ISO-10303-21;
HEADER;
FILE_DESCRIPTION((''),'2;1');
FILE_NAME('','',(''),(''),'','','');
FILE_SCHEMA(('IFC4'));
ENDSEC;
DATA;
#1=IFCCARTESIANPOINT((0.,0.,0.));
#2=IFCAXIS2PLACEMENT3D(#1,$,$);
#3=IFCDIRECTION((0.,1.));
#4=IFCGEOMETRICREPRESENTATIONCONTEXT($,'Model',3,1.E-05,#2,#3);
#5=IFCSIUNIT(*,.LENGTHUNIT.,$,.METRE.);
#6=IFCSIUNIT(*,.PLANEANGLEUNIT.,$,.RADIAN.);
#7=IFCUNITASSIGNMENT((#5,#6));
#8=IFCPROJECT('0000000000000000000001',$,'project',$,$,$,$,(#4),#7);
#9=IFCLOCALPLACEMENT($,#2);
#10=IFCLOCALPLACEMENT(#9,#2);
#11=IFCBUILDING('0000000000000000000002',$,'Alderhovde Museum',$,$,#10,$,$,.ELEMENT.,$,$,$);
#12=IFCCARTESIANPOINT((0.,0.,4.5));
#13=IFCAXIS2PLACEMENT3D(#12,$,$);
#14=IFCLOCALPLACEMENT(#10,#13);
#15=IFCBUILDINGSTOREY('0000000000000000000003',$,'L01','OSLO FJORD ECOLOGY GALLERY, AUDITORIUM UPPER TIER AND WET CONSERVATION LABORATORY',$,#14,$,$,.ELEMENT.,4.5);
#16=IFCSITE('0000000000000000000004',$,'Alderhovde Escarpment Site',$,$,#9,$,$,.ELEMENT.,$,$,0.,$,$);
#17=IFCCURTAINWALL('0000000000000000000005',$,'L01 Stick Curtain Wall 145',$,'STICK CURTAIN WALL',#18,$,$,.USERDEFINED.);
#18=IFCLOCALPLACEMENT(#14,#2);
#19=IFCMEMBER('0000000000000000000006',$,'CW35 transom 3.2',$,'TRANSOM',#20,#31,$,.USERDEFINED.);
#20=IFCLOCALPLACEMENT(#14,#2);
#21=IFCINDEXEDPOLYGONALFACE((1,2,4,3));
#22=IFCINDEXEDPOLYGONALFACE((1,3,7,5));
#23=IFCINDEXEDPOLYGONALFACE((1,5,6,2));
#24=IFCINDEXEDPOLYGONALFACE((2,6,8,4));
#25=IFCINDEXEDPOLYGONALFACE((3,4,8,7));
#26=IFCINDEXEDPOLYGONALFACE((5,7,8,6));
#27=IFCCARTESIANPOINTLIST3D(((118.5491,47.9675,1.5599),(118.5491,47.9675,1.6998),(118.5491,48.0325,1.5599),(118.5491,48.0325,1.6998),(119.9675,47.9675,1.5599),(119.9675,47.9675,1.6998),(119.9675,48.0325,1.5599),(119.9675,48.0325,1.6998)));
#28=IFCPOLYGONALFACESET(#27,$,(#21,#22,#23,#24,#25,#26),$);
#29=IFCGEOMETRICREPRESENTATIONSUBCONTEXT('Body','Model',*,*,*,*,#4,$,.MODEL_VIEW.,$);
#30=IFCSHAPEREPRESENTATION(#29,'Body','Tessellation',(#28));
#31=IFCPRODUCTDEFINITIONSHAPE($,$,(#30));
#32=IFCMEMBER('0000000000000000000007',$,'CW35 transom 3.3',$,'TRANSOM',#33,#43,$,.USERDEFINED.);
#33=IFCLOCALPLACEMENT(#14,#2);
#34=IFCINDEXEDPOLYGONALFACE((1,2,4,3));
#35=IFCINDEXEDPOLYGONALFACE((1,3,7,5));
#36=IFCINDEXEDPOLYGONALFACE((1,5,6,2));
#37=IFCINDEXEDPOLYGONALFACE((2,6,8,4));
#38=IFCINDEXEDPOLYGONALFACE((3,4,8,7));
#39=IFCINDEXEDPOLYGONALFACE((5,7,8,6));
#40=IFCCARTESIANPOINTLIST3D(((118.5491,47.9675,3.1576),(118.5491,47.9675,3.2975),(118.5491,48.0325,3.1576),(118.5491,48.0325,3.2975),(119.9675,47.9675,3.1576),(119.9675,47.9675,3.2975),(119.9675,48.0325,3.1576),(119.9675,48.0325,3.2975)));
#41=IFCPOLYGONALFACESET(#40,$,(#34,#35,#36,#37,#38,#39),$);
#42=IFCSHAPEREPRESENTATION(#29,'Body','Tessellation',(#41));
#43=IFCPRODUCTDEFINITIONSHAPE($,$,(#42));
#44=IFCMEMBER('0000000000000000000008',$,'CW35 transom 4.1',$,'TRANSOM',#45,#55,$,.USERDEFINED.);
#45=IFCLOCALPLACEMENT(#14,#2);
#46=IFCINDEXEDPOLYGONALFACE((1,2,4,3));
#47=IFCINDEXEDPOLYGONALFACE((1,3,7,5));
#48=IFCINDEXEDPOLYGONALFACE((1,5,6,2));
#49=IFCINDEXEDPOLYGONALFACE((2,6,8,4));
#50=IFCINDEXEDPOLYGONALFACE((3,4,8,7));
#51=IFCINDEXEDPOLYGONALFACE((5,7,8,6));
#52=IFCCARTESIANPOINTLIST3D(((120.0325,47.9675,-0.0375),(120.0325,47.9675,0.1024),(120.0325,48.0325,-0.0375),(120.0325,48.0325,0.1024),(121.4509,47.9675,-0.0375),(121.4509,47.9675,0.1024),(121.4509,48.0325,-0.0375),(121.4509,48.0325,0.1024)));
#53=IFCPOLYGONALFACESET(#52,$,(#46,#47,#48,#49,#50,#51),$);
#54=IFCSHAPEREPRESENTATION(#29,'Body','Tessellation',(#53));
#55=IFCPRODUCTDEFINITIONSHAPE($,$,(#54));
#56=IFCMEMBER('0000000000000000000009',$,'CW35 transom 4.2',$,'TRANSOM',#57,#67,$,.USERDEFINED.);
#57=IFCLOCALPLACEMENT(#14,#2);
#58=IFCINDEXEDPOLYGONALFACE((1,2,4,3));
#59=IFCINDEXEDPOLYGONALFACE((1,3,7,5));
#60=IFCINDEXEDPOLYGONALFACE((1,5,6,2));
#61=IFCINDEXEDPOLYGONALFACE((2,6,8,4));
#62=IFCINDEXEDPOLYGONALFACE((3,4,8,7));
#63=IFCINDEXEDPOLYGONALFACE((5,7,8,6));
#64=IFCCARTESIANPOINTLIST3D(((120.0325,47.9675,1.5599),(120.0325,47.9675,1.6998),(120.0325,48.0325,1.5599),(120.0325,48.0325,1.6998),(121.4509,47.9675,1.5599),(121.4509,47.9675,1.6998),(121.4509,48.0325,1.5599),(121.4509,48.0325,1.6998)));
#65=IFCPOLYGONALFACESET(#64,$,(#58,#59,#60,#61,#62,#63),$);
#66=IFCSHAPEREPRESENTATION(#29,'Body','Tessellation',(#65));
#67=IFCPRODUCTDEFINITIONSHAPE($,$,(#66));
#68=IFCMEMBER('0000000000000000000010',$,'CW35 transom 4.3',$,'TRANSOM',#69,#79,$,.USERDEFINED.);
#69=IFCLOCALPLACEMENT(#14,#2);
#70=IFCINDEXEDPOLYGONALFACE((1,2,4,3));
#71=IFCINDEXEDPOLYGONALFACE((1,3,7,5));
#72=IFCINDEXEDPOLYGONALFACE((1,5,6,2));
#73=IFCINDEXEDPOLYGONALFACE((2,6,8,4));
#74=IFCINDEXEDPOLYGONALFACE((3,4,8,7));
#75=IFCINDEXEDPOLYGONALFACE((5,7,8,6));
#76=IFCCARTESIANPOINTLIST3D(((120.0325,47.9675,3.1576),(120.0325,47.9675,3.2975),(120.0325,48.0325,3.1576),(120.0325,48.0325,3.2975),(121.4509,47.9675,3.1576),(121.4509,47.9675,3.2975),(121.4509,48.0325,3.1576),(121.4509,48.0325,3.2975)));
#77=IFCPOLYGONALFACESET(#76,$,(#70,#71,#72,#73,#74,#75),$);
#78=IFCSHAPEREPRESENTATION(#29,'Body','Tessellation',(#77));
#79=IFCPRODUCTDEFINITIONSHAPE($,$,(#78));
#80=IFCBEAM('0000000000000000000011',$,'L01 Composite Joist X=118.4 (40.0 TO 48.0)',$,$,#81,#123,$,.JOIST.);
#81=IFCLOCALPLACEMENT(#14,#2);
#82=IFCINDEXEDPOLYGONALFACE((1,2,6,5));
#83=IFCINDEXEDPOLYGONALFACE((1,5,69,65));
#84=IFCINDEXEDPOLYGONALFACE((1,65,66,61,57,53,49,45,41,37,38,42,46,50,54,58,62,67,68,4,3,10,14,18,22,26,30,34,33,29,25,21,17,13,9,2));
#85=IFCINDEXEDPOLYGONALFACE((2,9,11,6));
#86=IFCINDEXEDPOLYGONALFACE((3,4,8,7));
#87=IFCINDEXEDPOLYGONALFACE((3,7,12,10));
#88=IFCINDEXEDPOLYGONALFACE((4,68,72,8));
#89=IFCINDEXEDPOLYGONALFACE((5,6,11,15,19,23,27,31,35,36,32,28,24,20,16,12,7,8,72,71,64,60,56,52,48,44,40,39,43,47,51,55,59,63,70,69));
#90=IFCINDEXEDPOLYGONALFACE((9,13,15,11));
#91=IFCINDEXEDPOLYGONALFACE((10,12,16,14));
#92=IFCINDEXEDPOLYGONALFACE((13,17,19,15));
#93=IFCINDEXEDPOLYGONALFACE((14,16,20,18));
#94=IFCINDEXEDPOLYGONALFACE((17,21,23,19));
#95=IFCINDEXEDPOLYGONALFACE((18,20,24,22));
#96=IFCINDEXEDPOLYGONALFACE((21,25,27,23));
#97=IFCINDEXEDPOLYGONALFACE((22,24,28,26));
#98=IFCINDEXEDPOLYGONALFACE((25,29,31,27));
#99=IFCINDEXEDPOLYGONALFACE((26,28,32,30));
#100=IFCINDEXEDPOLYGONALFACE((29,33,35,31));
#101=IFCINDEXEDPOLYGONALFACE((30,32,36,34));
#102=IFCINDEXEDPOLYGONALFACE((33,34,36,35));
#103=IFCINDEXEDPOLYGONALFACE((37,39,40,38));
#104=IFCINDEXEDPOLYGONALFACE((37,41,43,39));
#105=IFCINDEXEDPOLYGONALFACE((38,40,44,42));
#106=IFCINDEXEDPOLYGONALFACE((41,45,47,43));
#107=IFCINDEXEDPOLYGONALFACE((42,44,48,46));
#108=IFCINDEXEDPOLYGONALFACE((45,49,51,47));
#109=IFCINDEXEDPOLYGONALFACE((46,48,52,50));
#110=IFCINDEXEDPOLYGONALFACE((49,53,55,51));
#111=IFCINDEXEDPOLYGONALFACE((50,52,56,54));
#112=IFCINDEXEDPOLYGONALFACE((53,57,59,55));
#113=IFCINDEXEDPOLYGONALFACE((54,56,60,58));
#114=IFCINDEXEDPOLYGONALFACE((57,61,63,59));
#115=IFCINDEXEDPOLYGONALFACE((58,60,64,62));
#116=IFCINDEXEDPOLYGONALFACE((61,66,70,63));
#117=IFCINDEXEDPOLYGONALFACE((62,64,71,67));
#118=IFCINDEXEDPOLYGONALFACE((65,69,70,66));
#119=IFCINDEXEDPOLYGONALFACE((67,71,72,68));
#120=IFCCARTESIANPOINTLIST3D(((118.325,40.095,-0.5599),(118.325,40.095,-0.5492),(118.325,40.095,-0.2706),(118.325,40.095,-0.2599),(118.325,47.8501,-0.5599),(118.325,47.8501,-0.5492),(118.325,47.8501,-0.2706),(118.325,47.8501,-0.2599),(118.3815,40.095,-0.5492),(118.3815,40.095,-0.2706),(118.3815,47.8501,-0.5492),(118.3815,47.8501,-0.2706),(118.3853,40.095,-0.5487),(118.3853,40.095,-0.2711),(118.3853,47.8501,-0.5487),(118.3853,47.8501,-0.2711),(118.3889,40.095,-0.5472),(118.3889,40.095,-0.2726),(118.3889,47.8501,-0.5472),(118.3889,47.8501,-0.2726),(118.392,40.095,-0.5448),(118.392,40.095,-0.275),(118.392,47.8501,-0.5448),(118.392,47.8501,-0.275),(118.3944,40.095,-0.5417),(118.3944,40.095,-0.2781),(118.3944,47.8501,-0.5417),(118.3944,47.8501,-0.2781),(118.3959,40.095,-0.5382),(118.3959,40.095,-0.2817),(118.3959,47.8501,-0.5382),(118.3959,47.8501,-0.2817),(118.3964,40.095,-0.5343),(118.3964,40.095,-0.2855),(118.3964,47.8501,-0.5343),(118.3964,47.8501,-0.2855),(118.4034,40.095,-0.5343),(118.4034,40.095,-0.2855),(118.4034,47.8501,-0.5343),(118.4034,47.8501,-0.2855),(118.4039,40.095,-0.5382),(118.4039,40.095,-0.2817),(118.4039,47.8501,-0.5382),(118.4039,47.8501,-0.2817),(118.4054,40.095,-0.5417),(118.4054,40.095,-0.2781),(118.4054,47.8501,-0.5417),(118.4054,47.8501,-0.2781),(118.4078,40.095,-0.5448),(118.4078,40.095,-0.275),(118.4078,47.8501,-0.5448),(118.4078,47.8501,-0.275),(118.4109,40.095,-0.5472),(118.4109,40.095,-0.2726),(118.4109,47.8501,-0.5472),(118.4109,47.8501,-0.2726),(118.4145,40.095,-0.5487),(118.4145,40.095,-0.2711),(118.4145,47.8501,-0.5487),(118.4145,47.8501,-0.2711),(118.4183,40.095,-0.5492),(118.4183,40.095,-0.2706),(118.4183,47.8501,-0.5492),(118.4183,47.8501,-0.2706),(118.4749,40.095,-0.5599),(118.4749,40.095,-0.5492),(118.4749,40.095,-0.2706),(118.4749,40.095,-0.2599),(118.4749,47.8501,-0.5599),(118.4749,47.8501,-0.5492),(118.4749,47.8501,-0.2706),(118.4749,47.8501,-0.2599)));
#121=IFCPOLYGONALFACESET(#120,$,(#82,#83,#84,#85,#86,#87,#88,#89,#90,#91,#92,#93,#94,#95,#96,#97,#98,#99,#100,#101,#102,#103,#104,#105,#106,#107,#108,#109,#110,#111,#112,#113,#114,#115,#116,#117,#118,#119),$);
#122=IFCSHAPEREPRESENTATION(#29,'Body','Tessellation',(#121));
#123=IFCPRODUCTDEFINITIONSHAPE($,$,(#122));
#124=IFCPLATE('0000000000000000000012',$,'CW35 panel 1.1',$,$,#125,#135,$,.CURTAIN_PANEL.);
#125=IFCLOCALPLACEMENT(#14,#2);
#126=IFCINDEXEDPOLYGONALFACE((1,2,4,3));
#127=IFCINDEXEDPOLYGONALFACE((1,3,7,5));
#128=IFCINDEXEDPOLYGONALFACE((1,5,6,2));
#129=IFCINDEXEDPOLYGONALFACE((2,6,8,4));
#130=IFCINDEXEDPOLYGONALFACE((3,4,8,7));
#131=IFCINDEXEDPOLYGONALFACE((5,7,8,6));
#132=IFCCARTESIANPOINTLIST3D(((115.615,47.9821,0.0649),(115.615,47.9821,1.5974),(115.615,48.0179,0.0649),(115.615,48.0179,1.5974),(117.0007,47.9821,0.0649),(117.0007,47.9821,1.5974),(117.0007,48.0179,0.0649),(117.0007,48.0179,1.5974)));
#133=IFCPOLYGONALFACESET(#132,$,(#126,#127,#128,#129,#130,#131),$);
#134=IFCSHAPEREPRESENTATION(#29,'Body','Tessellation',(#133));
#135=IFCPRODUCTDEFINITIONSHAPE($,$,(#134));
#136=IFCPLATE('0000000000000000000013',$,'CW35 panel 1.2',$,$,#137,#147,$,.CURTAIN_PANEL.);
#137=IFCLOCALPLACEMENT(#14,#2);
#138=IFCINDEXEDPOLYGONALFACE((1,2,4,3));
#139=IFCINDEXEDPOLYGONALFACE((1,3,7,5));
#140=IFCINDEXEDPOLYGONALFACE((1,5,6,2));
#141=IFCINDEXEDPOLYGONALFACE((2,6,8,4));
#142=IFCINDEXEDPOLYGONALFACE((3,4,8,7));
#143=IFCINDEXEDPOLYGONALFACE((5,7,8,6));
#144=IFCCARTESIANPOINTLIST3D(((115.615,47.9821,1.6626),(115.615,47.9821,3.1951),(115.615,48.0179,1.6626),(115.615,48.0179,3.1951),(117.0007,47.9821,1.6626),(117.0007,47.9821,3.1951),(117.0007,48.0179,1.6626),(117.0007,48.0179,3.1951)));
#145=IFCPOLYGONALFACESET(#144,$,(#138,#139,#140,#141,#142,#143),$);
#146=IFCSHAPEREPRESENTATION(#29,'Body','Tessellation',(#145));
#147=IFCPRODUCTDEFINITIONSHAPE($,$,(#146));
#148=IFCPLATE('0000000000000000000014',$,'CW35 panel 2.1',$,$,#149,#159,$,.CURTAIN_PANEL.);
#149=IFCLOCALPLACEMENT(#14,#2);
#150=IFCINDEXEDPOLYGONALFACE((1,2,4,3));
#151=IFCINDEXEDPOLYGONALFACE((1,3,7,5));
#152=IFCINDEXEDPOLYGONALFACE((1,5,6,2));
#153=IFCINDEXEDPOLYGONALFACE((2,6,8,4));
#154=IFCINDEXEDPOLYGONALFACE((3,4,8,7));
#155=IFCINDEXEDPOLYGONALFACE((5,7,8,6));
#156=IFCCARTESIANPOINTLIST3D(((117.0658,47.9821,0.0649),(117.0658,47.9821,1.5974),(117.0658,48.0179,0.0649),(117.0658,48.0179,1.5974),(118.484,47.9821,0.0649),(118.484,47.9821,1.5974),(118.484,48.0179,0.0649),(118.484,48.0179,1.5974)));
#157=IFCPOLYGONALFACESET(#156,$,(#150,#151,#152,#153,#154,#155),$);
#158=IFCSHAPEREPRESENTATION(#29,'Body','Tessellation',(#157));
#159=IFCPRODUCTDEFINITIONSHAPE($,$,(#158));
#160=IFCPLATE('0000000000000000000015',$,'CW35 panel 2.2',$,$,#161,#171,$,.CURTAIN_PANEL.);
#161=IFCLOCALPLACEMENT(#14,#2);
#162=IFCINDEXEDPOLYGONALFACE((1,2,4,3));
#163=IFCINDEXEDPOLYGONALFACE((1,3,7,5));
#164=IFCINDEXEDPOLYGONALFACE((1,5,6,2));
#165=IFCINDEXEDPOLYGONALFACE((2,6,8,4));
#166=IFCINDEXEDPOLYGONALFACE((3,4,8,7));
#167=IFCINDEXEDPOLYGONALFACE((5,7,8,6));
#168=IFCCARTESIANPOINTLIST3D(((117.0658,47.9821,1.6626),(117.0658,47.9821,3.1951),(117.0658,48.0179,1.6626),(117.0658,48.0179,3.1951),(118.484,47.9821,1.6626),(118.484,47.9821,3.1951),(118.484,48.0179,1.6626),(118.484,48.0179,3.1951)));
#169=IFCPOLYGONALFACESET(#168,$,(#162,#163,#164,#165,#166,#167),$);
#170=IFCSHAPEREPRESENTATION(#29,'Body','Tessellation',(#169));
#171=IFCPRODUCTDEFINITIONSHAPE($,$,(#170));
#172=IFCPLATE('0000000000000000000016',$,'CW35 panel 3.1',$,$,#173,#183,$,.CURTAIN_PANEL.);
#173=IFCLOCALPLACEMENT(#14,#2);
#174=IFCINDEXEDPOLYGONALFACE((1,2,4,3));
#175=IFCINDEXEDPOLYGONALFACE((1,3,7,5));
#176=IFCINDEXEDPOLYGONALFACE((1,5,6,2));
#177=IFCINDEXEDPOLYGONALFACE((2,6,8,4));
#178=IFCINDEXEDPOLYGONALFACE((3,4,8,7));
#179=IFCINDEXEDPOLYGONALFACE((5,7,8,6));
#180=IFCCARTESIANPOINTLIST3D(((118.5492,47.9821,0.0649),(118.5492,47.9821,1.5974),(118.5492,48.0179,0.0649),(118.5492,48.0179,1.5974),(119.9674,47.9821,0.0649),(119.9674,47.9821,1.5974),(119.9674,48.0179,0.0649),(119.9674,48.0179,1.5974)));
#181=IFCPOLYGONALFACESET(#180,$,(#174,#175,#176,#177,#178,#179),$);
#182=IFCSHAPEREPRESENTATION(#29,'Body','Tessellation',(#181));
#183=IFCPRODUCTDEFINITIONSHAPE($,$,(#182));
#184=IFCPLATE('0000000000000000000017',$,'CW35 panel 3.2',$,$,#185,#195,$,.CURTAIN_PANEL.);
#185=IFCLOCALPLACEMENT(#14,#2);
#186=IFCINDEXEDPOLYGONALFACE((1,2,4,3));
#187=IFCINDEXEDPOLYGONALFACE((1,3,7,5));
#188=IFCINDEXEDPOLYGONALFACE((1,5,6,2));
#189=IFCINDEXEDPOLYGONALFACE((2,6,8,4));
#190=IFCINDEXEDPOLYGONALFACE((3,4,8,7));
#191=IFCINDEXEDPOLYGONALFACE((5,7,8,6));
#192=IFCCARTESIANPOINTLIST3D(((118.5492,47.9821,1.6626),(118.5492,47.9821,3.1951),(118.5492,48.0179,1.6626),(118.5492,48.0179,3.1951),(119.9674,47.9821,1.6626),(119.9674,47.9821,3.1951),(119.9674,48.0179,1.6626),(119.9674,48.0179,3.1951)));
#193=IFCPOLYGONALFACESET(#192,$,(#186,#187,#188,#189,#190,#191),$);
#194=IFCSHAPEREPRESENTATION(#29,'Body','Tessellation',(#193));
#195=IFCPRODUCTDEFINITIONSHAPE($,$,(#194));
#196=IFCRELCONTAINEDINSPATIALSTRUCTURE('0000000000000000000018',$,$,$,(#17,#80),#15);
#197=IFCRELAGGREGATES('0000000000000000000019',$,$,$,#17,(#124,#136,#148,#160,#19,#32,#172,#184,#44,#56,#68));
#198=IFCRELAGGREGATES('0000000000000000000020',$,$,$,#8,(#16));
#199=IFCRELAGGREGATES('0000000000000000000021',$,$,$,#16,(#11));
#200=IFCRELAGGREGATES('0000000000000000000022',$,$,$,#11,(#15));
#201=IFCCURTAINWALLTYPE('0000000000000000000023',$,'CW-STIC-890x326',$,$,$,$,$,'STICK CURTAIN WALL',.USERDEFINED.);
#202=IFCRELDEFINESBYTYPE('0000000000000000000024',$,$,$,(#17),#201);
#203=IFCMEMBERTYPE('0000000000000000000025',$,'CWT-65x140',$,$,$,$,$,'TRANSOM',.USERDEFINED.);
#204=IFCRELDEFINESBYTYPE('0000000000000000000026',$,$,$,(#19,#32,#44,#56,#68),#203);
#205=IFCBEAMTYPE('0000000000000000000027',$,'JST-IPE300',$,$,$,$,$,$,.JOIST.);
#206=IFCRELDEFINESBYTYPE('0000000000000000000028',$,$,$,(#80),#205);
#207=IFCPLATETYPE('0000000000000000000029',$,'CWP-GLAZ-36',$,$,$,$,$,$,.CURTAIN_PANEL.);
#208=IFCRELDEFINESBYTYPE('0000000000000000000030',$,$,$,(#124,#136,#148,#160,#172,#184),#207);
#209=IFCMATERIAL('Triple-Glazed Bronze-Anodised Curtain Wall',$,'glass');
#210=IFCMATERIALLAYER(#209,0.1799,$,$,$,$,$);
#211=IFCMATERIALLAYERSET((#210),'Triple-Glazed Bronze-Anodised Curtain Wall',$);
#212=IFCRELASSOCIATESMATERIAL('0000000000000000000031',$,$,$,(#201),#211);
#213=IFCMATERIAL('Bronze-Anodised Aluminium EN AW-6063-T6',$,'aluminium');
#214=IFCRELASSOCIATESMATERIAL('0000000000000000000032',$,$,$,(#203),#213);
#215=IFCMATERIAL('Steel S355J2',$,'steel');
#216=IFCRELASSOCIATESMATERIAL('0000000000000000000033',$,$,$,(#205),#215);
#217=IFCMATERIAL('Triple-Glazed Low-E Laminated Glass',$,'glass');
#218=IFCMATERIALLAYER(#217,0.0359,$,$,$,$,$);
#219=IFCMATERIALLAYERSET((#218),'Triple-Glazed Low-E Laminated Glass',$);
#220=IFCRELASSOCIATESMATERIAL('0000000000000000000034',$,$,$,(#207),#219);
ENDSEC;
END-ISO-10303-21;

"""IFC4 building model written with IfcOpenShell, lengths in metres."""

from ifc_helpers import new_model, si_unit, direction, frame, origin, origin_2d, place, context, subcontext, project, spatial, rectangle, i_section, extrude, material, layer, layer_set, material_profile, profile_set, type_object, element, aggregate, save


model = new_model("IFC4")

# Units and contexts
model_context = context("Model", 3, precision=1e-05, world=origin(), true_north=direction((0.0, 1.0)))
body_context = subcontext(model_context, "Body", "Model", "MODEL_VIEW")
ifc_project = project(units=[si_unit("LENGTHUNIT", "METRE"), si_unit("PLANEANGLEUNIT", "RADIAN")], contexts=[model_context])

# Site, building, storey
site_placement = place(None, origin())
site = spatial("IfcSite", under=ifc_project, at=site_placement, Name="Alderhovde Escarpment Site", CompositionType="ELEMENT", RefElevation=0.0)
building_placement = place(site_placement, origin())
building = spatial("IfcBuilding", under=site, at=building_placement, Name="Alderhovde Museum", CompositionType="ELEMENT")
storey_placement = place(building_placement, frame((0.0, 0.0, 4.5)))
storey = spatial("IfcBuildingStorey", under=building, at=storey_placement, Name="L01", Description="OSLO FJORD ECOLOGY GALLERY, AUDITORIUM UPPER TIER AND WET CONSERVATION LABORATORY", CompositionType="ELEMENT", Elevation=4.5)

# Curtain wall, members
ifc_material_1 = material(Name="Triple-Glazed Bronze-Anodised Curtain Wall", Category="glass")
ifc_layer_1 = layer(ifc_material_1, 0.1799)
ifc_layer_set_1 = layer_set([ifc_layer_1], Name="Triple-Glazed Bronze-Anodised Curtain Wall")
curtain_wall_type = type_object("IfcCurtainWallType", Name="CW-STIC-890x326", ElementType="STICK CURTAIN WALL", PredefinedType="USERDEFINED", material=ifc_layer_set_1)
curtain_wall_placement = place(storey_placement, origin())
curtain_wall = element("IfcCurtainWall", 1, at=curtain_wall_placement, inside=storey, type_object=curtain_wall_type, Name="L01 Stick Curtain Wall 145", ObjectType="STICK CURTAIN WALL", PredefinedType="USERDEFINED")
ifc_material_2 = material(Name="Bronze-Anodised Aluminium EN AW-6063-T6", Category="aluminium")
ifc_material_profile_1 = material_profile(ifc_material_2, rectangle(XDim=0.0649, YDim=0.1399, at=origin_2d()), Name="TRANSOM 65x140")
ifc_profile_set_1 = profile_set([ifc_material_profile_1], Name="Bronze-Anodised Aluminium EN AW-6063-T6")
member_type_1 = type_object("IfcMemberType", Name="CWT-65x140", ElementType="TRANSOM", PredefinedType="USERDEFINED", material=ifc_profile_set_1)
member_1_placement = place(storey_placement, frame((118.5491, 48.0, 1.6299), z_axis=(1.0, 0.0, 0.0), x_axis=(0.0, 1.0, 0.0)))
member_1 = element("IfcMember", 2, at=member_1_placement, type_object=member_type_1, Name="CW35 transom 3.2", ObjectType="TRANSOM", PredefinedType="USERDEFINED", context=body_context, shape_type="SweptSolid", body=[
    extrude(rectangle(XDim=0.0649, YDim=0.1399, at=origin_2d()), origin(), (0.0, 0.0, 1.0), 1.4185),
])
member_2_placement = place(storey_placement, frame((118.5491, 48.0, 3.2275), z_axis=(1.0, 0.0, 0.0), x_axis=(0.0, 1.0, 0.0)))
member_2 = element("IfcMember", 3, at=member_2_placement, type_object=member_type_1, Name="CW35 transom 3.3", ObjectType="TRANSOM", PredefinedType="USERDEFINED", context=body_context, shape_type="SweptSolid", body=[
    extrude(rectangle(XDim=0.0649, YDim=0.1399, at=origin_2d()), origin(), (0.0, 0.0, 1.0), 1.4185),
])
member_3_placement = place(storey_placement, frame((120.0325, 48.0, 0.0325), z_axis=(1.0, 0.0, 0.0), x_axis=(0.0, 1.0, 0.0)))
member_3 = element("IfcMember", 4, at=member_3_placement, type_object=member_type_1, Name="CW35 transom 4.1", ObjectType="TRANSOM", PredefinedType="USERDEFINED", context=body_context, shape_type="SweptSolid", body=[
    extrude(rectangle(XDim=0.0649, YDim=0.1399, at=origin_2d()), origin(), (0.0, 0.0, 1.0), 1.4185),
])
member_4_placement = place(storey_placement, frame((120.0325, 48.0, 1.6299), z_axis=(1.0, 0.0, 0.0), x_axis=(0.0, 1.0, 0.0)))
member_4 = element("IfcMember", 5, at=member_4_placement, type_object=member_type_1, Name="CW35 transom 4.2", ObjectType="TRANSOM", PredefinedType="USERDEFINED", context=body_context, shape_type="SweptSolid", body=[
    extrude(rectangle(XDim=0.0649, YDim=0.1399, at=origin_2d()), origin(), (0.0, 0.0, 1.0), 1.4185),
])
member_5_placement = place(storey_placement, frame((120.0325, 48.0, 3.2275), z_axis=(1.0, 0.0, 0.0), x_axis=(0.0, 1.0, 0.0)))
member_5 = element("IfcMember", 6, at=member_5_placement, type_object=member_type_1, Name="CW35 transom 4.3", ObjectType="TRANSOM", PredefinedType="USERDEFINED", context=body_context, shape_type="SweptSolid", body=[
    extrude(rectangle(XDim=0.0649, YDim=0.1399, at=origin_2d()), origin(), (0.0, 0.0, 1.0), 1.4185),
])

# Beam
ifc_material_3 = material(Name="Steel S355J2", Category="steel")
ifc_material_profile_2 = material_profile(ifc_material_3, i_section(OverallWidth=0.1499, OverallDepth=0.3, WebThickness=0.0071, FlangeThickness=0.0107, FilletRadius=0.0149, at=origin_2d()), Name="IPE 300")
ifc_profile_set_2 = profile_set([ifc_material_profile_2], Name="Steel S355J2")
beam_type_1 = type_object("IfcBeamType", Name="JST-IPE300", PredefinedType="JOIST", material=ifc_profile_set_2)
beam_placement = place(storey_placement, frame((118.3999, 40.095, -0.4099), z_axis=(0.0, 1.0, 0.0), x_axis=(-1.0, 0.0, 0.0)))
element("IfcBeam", 7, at=beam_placement, inside=storey, type_object=beam_type_1, Name="L01 Composite Joist X=118.4 (40.0 TO 48.0)", PredefinedType="JOIST", context=body_context, shape_type="SweptSolid", body=[
    extrude(i_section(OverallWidth=0.1499, OverallDepth=0.3, WebThickness=0.0071, FlangeThickness=0.0107, FilletRadius=0.0149, at=origin_2d()), origin(), (0.0, 0.0, 1.0), 7.7551),
])

# Plates
ifc_material_4 = material(Name="Triple-Glazed Low-E Laminated Glass", Category="glass")
ifc_layer_2 = layer(ifc_material_4, 0.0359)
ifc_layer_set_2 = layer_set([ifc_layer_2], Name="Triple-Glazed Low-E Laminated Glass")
plate_type = type_object("IfcPlateType", Name="CWP-GLAZ-36", PredefinedType="CURTAIN_PANEL", material=ifc_layer_set_2)
plate_1_placement = place(storey_placement, frame((116.3079, 48.0, 0.0649), z_axis=(0.0, 0.0, 1.0), x_axis=(1.0, 0.0, 0.0)))
plate_1 = element("IfcPlate", 8, at=plate_1_placement, type_object=plate_type, Name="CW35 panel 1.1", PredefinedType="CURTAIN_PANEL", context=body_context, shape_type="SweptSolid", body=[
    extrude(rectangle(XDim=1.3857, YDim=0.0359, at=origin_2d()), origin(), (0.0, 0.0, 1.0), 1.5325),
])
plate_2_placement = place(storey_placement, frame((116.3079, 48.0, 1.6626), z_axis=(0.0, 0.0, 1.0), x_axis=(1.0, 0.0, 0.0)))
plate_2 = element("IfcPlate", 9, at=plate_2_placement, type_object=plate_type, Name="CW35 panel 1.2", PredefinedType="CURTAIN_PANEL", context=body_context, shape_type="SweptSolid", body=[
    extrude(rectangle(XDim=1.3857, YDim=0.0359, at=origin_2d()), origin(), (0.0, 0.0, 1.0), 1.5325),
])
plate_3_placement = place(storey_placement, frame((117.7749, 48.0, 0.0649), z_axis=(0.0, 0.0, 1.0), x_axis=(1.0, 0.0, 0.0)))
plate_3 = element("IfcPlate", 10, at=plate_3_placement, type_object=plate_type, Name="CW35 panel 2.1", PredefinedType="CURTAIN_PANEL", context=body_context, shape_type="SweptSolid", body=[
    extrude(rectangle(XDim=1.4182, YDim=0.0359, at=origin_2d()), origin(), (0.0, 0.0, 1.0), 1.5325),
])
plate_4_placement = place(storey_placement, frame((117.7749, 48.0, 1.6626), z_axis=(0.0, 0.0, 1.0), x_axis=(1.0, 0.0, 0.0)))
plate_4 = element("IfcPlate", 11, at=plate_4_placement, type_object=plate_type, Name="CW35 panel 2.2", PredefinedType="CURTAIN_PANEL", context=body_context, shape_type="SweptSolid", body=[
    extrude(rectangle(XDim=1.4182, YDim=0.0359, at=origin_2d()), origin(), (0.0, 0.0, 1.0), 1.5325),
])
plate_5_placement = place(storey_placement, frame((119.2583, 48.0, 0.0649), z_axis=(0.0, 0.0, 1.0), x_axis=(1.0, 0.0, 0.0)))
plate_5 = element("IfcPlate", 12, at=plate_5_placement, type_object=plate_type, Name="CW35 panel 3.1", PredefinedType="CURTAIN_PANEL", context=body_context, shape_type="SweptSolid", body=[
    extrude(rectangle(XDim=1.4182, YDim=0.0359, at=origin_2d()), origin(), (0.0, 0.0, 1.0), 1.5325),
])
plate_6_placement = place(storey_placement, frame((119.2583, 48.0, 1.6626), z_axis=(0.0, 0.0, 1.0), x_axis=(1.0, 0.0, 0.0)))
plate_6 = element("IfcPlate", 13, at=plate_6_placement, type_object=plate_type, Name="CW35 panel 3.2", PredefinedType="CURTAIN_PANEL", context=body_context, shape_type="SweptSolid", body=[
    extrude(rectangle(XDim=1.4182, YDim=0.0359, at=origin_2d()), origin(), (0.0, 0.0, 1.0), 1.5325),
])
aggregate(curtain_wall, [plate_1, plate_2, plate_3, plate_4, member_1, member_2, plate_5, plate_6, member_3, member_4, member_5])

save(model, "model.ifc")
